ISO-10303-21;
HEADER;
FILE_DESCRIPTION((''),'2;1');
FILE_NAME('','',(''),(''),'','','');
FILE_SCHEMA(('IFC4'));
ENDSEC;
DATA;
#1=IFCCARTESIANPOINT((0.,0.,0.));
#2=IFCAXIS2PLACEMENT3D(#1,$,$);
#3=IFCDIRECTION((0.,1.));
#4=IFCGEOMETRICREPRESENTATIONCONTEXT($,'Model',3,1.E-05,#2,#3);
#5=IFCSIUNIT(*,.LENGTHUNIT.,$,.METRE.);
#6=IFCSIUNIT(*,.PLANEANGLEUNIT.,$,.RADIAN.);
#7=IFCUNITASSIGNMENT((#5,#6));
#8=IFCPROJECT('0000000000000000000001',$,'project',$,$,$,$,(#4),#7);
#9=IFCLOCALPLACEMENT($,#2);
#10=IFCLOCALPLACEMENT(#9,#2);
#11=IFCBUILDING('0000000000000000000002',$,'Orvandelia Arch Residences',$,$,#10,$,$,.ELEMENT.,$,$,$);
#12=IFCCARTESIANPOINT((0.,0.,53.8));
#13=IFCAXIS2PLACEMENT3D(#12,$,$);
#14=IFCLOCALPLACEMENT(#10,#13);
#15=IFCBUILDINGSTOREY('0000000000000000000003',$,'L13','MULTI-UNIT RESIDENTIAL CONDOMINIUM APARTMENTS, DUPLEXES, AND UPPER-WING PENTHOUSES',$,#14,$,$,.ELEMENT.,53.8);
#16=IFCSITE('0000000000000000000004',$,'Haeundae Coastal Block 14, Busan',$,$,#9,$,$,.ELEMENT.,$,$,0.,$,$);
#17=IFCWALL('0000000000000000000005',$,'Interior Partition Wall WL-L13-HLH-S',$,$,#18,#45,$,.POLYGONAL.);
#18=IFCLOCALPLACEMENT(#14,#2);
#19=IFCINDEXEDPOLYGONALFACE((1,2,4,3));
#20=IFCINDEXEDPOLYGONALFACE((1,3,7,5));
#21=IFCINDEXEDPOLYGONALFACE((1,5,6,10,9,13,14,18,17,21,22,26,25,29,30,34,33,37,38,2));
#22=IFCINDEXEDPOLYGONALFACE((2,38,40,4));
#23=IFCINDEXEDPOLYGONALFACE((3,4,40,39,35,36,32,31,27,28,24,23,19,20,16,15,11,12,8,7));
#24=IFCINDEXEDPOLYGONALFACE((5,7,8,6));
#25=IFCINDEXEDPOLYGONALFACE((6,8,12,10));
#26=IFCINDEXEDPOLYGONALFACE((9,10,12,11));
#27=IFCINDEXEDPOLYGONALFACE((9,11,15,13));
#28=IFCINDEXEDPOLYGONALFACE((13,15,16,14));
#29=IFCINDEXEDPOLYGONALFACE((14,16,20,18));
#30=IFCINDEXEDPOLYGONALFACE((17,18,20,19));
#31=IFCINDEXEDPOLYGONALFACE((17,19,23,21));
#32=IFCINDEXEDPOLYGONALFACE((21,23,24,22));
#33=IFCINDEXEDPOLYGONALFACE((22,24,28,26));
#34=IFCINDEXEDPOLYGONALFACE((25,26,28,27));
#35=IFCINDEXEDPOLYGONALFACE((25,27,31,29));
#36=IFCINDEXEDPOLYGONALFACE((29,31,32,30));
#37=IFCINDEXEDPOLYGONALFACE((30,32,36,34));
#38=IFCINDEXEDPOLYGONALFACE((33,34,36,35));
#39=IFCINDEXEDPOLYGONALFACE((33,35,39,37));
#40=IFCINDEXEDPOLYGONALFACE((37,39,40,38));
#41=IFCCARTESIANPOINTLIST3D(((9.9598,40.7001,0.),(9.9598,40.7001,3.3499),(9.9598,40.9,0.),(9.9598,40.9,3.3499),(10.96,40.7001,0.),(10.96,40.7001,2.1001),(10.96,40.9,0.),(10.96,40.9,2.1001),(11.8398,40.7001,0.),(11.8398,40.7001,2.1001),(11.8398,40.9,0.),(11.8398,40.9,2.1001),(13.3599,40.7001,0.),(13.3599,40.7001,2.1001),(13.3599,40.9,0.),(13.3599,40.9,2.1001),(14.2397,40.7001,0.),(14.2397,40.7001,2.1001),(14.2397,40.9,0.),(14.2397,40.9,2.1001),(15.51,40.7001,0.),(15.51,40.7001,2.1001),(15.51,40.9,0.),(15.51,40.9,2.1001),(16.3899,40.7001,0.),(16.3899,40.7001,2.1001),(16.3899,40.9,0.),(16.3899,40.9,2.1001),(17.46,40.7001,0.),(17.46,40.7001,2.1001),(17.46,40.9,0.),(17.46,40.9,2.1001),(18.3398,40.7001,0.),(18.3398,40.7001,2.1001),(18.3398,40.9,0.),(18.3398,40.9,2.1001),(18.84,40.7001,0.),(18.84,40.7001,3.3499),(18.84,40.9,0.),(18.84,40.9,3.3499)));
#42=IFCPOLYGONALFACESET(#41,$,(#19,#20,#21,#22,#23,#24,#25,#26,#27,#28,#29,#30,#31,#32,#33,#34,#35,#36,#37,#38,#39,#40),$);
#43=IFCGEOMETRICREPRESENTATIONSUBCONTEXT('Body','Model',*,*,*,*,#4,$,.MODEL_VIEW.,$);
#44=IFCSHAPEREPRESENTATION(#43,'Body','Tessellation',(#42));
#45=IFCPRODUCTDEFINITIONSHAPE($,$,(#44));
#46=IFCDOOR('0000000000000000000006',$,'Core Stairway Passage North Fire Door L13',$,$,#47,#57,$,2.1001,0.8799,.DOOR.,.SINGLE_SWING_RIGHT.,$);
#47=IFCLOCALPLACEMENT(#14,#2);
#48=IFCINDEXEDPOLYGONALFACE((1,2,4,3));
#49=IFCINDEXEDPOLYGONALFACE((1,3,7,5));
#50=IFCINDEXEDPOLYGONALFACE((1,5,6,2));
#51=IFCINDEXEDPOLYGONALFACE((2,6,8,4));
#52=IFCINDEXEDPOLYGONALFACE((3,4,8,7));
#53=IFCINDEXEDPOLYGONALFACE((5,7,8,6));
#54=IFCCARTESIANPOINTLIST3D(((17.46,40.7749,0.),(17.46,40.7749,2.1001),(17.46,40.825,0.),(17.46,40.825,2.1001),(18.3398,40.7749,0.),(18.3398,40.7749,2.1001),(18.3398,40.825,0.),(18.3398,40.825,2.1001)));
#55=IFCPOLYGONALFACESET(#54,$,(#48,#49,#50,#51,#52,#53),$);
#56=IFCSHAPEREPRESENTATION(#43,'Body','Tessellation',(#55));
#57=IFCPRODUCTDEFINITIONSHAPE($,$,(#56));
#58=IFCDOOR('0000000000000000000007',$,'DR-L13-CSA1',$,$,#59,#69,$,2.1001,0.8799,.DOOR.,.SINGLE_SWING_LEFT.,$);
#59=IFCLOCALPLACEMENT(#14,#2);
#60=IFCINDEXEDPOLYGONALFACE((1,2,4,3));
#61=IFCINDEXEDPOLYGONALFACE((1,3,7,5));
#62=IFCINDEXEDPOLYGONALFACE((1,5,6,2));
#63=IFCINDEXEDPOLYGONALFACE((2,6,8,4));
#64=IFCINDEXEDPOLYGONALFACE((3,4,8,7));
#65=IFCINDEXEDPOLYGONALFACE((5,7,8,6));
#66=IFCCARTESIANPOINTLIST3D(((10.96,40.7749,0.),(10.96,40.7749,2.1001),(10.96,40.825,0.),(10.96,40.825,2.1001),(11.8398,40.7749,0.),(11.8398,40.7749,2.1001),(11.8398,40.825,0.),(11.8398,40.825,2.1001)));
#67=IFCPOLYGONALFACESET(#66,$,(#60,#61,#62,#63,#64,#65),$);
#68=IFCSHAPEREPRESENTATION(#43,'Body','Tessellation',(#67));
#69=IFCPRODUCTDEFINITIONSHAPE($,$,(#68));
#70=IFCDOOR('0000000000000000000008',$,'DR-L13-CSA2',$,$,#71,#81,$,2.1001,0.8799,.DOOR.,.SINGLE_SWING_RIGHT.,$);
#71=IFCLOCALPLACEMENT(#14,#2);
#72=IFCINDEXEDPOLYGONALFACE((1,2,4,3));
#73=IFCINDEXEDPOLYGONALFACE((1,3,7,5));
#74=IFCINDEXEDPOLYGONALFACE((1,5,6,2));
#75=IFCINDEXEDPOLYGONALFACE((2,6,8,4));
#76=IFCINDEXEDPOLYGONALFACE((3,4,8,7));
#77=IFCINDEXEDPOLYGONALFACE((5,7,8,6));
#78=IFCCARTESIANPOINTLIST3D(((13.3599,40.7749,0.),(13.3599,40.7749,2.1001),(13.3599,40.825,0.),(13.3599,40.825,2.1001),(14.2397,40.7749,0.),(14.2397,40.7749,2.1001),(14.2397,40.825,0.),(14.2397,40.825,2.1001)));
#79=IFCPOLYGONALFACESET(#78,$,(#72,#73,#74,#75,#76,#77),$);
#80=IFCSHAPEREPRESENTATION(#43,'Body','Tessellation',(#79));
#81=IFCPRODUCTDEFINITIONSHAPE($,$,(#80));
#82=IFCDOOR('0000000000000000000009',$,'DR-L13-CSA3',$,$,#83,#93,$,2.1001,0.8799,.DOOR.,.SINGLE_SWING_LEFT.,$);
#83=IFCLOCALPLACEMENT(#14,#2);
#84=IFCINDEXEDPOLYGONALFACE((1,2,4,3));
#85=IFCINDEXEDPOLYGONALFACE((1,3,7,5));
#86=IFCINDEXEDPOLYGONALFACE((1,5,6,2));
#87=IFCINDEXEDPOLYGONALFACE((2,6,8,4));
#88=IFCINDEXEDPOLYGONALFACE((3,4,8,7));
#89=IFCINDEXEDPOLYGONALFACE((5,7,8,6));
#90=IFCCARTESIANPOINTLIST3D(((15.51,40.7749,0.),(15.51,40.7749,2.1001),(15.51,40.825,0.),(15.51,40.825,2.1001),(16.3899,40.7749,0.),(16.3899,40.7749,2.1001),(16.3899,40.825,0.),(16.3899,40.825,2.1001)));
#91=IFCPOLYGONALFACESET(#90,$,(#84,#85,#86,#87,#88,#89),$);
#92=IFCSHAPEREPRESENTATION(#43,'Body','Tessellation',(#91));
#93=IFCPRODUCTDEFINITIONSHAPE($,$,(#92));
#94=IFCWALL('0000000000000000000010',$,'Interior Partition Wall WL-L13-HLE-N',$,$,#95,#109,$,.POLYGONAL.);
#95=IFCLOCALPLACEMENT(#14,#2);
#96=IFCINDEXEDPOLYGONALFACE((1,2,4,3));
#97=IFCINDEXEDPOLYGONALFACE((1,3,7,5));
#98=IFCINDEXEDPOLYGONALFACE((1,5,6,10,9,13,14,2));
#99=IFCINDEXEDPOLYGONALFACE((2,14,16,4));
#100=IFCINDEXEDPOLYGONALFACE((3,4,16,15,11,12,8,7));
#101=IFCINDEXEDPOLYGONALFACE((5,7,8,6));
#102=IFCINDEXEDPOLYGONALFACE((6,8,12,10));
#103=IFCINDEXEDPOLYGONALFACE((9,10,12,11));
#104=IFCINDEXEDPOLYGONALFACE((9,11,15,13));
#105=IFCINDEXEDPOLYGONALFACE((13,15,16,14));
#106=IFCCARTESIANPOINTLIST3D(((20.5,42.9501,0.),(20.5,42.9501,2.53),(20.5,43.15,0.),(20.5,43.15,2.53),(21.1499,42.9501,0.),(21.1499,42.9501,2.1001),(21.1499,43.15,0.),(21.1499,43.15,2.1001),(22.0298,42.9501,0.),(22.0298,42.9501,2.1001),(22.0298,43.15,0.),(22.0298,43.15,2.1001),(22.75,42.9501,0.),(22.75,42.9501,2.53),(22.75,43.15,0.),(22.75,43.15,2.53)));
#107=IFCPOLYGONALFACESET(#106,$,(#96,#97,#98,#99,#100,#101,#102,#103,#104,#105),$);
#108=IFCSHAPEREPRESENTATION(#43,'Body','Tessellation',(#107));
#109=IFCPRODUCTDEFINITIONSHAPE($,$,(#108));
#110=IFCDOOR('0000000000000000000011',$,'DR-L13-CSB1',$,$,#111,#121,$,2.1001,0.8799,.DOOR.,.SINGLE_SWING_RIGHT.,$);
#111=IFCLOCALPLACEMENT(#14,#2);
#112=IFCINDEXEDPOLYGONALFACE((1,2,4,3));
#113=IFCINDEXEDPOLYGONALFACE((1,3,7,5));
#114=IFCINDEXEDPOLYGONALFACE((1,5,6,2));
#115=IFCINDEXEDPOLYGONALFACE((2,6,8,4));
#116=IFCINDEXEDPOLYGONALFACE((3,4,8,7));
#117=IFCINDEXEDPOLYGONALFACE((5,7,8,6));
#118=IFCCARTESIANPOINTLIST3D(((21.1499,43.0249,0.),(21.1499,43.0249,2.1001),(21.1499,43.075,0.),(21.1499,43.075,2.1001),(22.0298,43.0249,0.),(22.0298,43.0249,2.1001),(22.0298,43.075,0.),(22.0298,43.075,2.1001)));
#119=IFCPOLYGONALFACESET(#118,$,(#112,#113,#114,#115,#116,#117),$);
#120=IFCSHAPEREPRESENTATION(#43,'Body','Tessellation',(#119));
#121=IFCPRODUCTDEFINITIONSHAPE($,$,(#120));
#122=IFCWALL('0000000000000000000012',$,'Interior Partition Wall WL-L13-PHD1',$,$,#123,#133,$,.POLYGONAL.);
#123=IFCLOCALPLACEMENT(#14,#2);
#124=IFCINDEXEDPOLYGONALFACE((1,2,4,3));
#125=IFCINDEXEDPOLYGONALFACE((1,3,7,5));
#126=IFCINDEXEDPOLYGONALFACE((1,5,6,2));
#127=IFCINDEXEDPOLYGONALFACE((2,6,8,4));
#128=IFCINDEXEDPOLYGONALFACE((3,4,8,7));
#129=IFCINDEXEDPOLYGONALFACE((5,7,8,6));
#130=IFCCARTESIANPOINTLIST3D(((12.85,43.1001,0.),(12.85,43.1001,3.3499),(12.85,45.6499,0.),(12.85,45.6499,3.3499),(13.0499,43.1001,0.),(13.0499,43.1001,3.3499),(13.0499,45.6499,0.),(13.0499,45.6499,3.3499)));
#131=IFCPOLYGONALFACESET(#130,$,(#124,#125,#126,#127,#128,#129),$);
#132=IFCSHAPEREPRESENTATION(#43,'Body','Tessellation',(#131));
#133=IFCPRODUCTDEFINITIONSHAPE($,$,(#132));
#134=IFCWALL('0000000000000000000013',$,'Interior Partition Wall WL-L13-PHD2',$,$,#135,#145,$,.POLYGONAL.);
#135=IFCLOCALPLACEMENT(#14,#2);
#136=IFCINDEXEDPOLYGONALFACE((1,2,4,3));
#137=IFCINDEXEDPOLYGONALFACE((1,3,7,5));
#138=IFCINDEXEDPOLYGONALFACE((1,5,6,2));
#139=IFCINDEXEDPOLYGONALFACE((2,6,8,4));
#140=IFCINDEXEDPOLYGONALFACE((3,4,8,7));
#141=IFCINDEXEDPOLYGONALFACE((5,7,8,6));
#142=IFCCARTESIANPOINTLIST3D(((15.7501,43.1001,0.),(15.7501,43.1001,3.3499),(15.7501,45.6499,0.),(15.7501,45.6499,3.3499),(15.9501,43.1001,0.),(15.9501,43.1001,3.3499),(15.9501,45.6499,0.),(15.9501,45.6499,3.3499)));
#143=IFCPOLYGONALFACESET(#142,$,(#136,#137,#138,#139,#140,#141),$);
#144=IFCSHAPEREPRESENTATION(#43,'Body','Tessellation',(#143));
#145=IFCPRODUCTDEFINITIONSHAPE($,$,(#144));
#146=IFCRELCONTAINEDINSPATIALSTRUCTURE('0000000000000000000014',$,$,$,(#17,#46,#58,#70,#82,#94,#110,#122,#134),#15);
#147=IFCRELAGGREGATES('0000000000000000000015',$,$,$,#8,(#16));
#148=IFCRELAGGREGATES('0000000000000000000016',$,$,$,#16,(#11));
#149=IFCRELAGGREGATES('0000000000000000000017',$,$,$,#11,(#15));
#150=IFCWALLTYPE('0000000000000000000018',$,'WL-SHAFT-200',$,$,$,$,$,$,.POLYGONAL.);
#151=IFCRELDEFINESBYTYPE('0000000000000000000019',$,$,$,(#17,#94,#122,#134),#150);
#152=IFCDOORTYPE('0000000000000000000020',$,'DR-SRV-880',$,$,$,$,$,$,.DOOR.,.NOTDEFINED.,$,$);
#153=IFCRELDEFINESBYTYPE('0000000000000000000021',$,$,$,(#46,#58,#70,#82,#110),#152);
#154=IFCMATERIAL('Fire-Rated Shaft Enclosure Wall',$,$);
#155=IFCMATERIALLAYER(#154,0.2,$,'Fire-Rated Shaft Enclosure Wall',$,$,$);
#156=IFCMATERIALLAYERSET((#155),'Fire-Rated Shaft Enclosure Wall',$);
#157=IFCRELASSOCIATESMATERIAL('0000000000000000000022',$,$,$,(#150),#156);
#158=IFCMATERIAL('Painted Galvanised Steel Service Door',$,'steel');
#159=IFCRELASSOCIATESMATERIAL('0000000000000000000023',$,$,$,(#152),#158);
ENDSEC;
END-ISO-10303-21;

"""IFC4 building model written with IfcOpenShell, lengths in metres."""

from ifc_helpers import new_model, si_unit, direction, frame, frame_2d, origin, place, context, subcontext, project, spatial, rectangle, extrude, material, layer, layer_set, type_object, element, fill, save


model = new_model("IFC4")

# Units and contexts
model_context = context("Model", 3, precision=1e-05, world=origin(), true_north=direction((0.0, 1.0)))
body_context = subcontext(model_context, "Body", "Model", "MODEL_VIEW")
ifc_project = project(units=[si_unit("LENGTHUNIT", "METRE"), si_unit("PLANEANGLEUNIT", "RADIAN")], contexts=[model_context])

# Site, building, storey
site_placement = place(None, origin())
site = spatial("IfcSite", under=ifc_project, at=site_placement, Name="Haeundae Coastal Block 14, Busan", CompositionType="ELEMENT", RefElevation=0.0)
building_placement = place(site_placement, origin())
building = spatial("IfcBuilding", under=site, at=building_placement, Name="Orvandelia Arch Residences", CompositionType="ELEMENT")
storey_placement = place(building_placement, frame((0.0, 0.0, 53.8)))
storey = spatial("IfcBuildingStorey", under=building, at=storey_placement, Name="L13", Description="MULTI-UNIT RESIDENTIAL CONDOMINIUM APARTMENTS, DUPLEXES, AND UPPER-WING PENTHOUSES", CompositionType="ELEMENT", Elevation=53.8)

# Shared definitions
ifc_material_1 = material(Name="Fire-Rated Shaft Enclosure Wall")
ifc_layer_1 = layer(ifc_material_1, 0.2, Name="Fire-Rated Shaft Enclosure Wall")
ifc_layer_set_1 = layer_set([ifc_layer_1], Name="Fire-Rated Shaft Enclosure Wall")
wall_type_1 = type_object("IfcWallType", Name="WL-SHAFT-200", PredefinedType="POLYGONAL", material=ifc_layer_set_1)

# Wall, openings, doors
wall_1_placement = place(storey_placement, frame((9.96, 40.8, 0.0), z_axis=(0.0, 0.0, 1.0), x_axis=(1.0, 0.0, 0.0)))
wall_1 = element("IfcWall", 1, at=wall_1_placement, inside=storey, type_object=wall_type_1, Name="Interior Partition Wall WL-L13-HLH-S", PredefinedType="POLYGONAL", context=body_context, shape_type="SweptSolid", body=[
    extrude(rectangle(XDim=8.8801, YDim=0.2, at=frame_2d((4.4399, 0.0))), origin(), (0.0, 0.0, 1.0), 3.3499),
])
opening_1_placement = place(wall_1_placement, frame((7.5, 0.0, 0.0)))
opening_1 = element("IfcOpeningElement", 2, at=opening_1_placement, cuts=wall_1, PredefinedType="OPENING", context=body_context, shape_type="SweptSolid", body=[
    extrude(rectangle(XDim=0.8799, YDim=2.1001, at=frame_2d((0.4399, 1.05))), frame((0.0, 0.1099, 0.0), z_axis=(0.0, -1.0, 0.0), x_axis=(1.0, 0.0, 0.0)), (0.0, 0.0, 1.0), 0.22),
])
opening_2_placement = place(wall_1_placement, frame((1.0, 0.0, 0.0)))
opening_2 = element("IfcOpeningElement", 3, at=opening_2_placement, cuts=wall_1, PredefinedType="OPENING", context=body_context, shape_type="SweptSolid", body=[
    extrude(rectangle(XDim=0.8799, YDim=2.1001, at=frame_2d((0.4399, 1.05))), frame((0.0, 0.1099, 0.0), z_axis=(0.0, -1.0, 0.0), x_axis=(1.0, 0.0, 0.0)), (0.0, 0.0, 1.0), 0.22),
])
opening_3_placement = place(wall_1_placement, frame((3.3999, 0.0, 0.0)))
opening_3 = element("IfcOpeningElement", 4, at=opening_3_placement, cuts=wall_1, PredefinedType="OPENING", context=body_context, shape_type="SweptSolid", body=[
    extrude(rectangle(XDim=0.8799, YDim=2.1001, at=frame_2d((0.4399, 1.05))), frame((0.0, 0.1099, 0.0), z_axis=(0.0, -1.0, 0.0), x_axis=(1.0, 0.0, 0.0)), (0.0, 0.0, 1.0), 0.22),
])
opening_4_placement = place(wall_1_placement, frame((5.55, 0.0, 0.0)))
opening_4 = element("IfcOpeningElement", 5, at=opening_4_placement, cuts=wall_1, PredefinedType="OPENING", context=body_context, shape_type="SweptSolid", body=[
    extrude(rectangle(XDim=0.8799, YDim=2.1001, at=frame_2d((0.4399, 1.05))), frame((0.0, 0.1099, 0.0), z_axis=(0.0, -1.0, 0.0), x_axis=(1.0, 0.0, 0.0)), (0.0, 0.0, 1.0), 0.22),
])
ifc_material_2 = material(Name="Painted Galvanised Steel Service Door", Category="steel")
door_type_1 = type_object("IfcDoorType", Name="DR-SRV-880", OperationType="NOTDEFINED", PredefinedType="DOOR", material=ifc_material_2)
door_1_placement = place(opening_1_placement, origin())
door_1 = element("IfcDoor", 6, at=door_1_placement, inside=storey, type_object=door_type_1, Name="Core Stairway Passage North Fire Door L13", OperationType="SINGLE_SWING_RIGHT", OverallHeight=2.1001, OverallWidth=0.8799, PredefinedType="DOOR", context=body_context, shape_type="SweptSolid", body=[
    extrude(rectangle(XDim=0.8799, YDim=2.1001, at=frame_2d((0.4399, 1.05))), frame((0.0, 0.0249, 0.0), z_axis=(0.0, -1.0, 0.0), x_axis=(1.0, 0.0, 0.0)), (0.0, 0.0, 1.0), 0.05),
])
fill(opening_1, door_1)
door_2_placement = place(opening_2_placement, origin())
door_2 = element("IfcDoor", 7, at=door_2_placement, inside=storey, type_object=door_type_1, Name="DR-L13-CSA1", OperationType="SINGLE_SWING_LEFT", OverallHeight=2.1001, OverallWidth=0.8799, PredefinedType="DOOR", context=body_context, shape_type="SweptSolid", body=[
    extrude(rectangle(XDim=0.8799, YDim=2.1001, at=frame_2d((0.4399, 1.05))), frame((0.0, 0.0249, 0.0), z_axis=(0.0, -1.0, 0.0), x_axis=(1.0, 0.0, 0.0)), (0.0, 0.0, 1.0), 0.05),
])
fill(opening_2, door_2)
door_3_placement = place(opening_3_placement, origin())
door_3 = element("IfcDoor", 8, at=door_3_placement, inside=storey, type_object=door_type_1, Name="DR-L13-CSA2", OperationType="SINGLE_SWING_RIGHT", OverallHeight=2.1001, OverallWidth=0.8799, PredefinedType="DOOR", context=body_context, shape_type="SweptSolid", body=[
    extrude(rectangle(XDim=0.8799, YDim=2.1001, at=frame_2d((0.4399, 1.05))), frame((0.0, 0.0249, 0.0), z_axis=(0.0, -1.0, 0.0), x_axis=(1.0, 0.0, 0.0)), (0.0, 0.0, 1.0), 0.05),
])
fill(opening_3, door_3)
door_4_placement = place(opening_4_placement, origin())
door_4 = element("IfcDoor", 9, at=door_4_placement, inside=storey, type_object=door_type_1, Name="DR-L13-CSA3", OperationType="SINGLE_SWING_LEFT", OverallHeight=2.1001, OverallWidth=0.8799, PredefinedType="DOOR", context=body_context, shape_type="SweptSolid", body=[
    extrude(rectangle(XDim=0.8799, YDim=2.1001, at=frame_2d((0.4399, 1.05))), frame((0.0, 0.0249, 0.0), z_axis=(0.0, -1.0, 0.0), x_axis=(1.0, 0.0, 0.0)), (0.0, 0.0, 1.0), 0.05),
])
fill(opening_4, door_4)

# Wall, opening, door
wall_2_placement = place(storey_placement, frame((20.5, 43.05, 0.0), z_axis=(0.0, 0.0, 1.0), x_axis=(1.0, 0.0, 0.0)))
wall_2 = element("IfcWall", 10, at=wall_2_placement, inside=storey, type_object=wall_type_1, Name="Interior Partition Wall WL-L13-HLE-N", PredefinedType="POLYGONAL", context=body_context, shape_type="SweptSolid", body=[
    extrude(rectangle(XDim=2.25, YDim=0.2, at=frame_2d((1.125, 0.0))), origin(), (0.0, 0.0, 1.0), 2.53),
])
opening_5_placement = place(wall_2_placement, frame((0.6499, 0.0, 0.0)))
opening_5 = element("IfcOpeningElement", 11, at=opening_5_placement, cuts=wall_2, PredefinedType="OPENING", context=body_context, shape_type="SweptSolid", body=[
    extrude(rectangle(XDim=0.8799, YDim=2.1001, at=frame_2d((0.4399, 1.05))), frame((0.0, 0.1099, 0.0), z_axis=(0.0, -1.0, 0.0), x_axis=(1.0, 0.0, 0.0)), (0.0, 0.0, 1.0), 0.22),
])
door_5_placement = place(opening_5_placement, origin())
door_5 = element("IfcDoor", 12, at=door_5_placement, inside=storey, type_object=door_type_1, Name="DR-L13-CSB1", OperationType="SINGLE_SWING_RIGHT", OverallHeight=2.1001, OverallWidth=0.8799, PredefinedType="DOOR", context=body_context, shape_type="SweptSolid", body=[
    extrude(rectangle(XDim=0.8799, YDim=2.1001, at=frame_2d((0.4399, 1.05))), frame((0.0, 0.0249, 0.0), z_axis=(0.0, -1.0, 0.0), x_axis=(1.0, 0.0, 0.0)), (0.0, 0.0, 1.0), 0.05),
])
fill(opening_5, door_5)

# Walls
for number, where, z_axis, x_axis, name in (
    (13, (12.95, 43.1001, 0.0), (0.0, 0.0, 1.0), (0.0, 1.0, 0.0), "Interior Partition Wall WL-L13-PHD1"),
    (14, (15.8501, 43.1001, 0.0), (0.0, 0.0, 1.0), (0.0, 1.0, 0.0), "Interior Partition Wall WL-L13-PHD2"),
):
    element("IfcWall", number, at=place(storey_placement, frame(where, z_axis=z_axis, x_axis=x_axis)), inside=storey, type_object=wall_type_1, Name=name, PredefinedType="POLYGONAL", context=body_context, shape_type="SweptSolid", body=[
        extrude(rectangle(XDim=2.5498, YDim=0.2, at=frame_2d((1.2749, 0.0))), origin(), (0.0, 0.0, 1.0), 3.3499),
    ])

save(model, "model.ifc")
